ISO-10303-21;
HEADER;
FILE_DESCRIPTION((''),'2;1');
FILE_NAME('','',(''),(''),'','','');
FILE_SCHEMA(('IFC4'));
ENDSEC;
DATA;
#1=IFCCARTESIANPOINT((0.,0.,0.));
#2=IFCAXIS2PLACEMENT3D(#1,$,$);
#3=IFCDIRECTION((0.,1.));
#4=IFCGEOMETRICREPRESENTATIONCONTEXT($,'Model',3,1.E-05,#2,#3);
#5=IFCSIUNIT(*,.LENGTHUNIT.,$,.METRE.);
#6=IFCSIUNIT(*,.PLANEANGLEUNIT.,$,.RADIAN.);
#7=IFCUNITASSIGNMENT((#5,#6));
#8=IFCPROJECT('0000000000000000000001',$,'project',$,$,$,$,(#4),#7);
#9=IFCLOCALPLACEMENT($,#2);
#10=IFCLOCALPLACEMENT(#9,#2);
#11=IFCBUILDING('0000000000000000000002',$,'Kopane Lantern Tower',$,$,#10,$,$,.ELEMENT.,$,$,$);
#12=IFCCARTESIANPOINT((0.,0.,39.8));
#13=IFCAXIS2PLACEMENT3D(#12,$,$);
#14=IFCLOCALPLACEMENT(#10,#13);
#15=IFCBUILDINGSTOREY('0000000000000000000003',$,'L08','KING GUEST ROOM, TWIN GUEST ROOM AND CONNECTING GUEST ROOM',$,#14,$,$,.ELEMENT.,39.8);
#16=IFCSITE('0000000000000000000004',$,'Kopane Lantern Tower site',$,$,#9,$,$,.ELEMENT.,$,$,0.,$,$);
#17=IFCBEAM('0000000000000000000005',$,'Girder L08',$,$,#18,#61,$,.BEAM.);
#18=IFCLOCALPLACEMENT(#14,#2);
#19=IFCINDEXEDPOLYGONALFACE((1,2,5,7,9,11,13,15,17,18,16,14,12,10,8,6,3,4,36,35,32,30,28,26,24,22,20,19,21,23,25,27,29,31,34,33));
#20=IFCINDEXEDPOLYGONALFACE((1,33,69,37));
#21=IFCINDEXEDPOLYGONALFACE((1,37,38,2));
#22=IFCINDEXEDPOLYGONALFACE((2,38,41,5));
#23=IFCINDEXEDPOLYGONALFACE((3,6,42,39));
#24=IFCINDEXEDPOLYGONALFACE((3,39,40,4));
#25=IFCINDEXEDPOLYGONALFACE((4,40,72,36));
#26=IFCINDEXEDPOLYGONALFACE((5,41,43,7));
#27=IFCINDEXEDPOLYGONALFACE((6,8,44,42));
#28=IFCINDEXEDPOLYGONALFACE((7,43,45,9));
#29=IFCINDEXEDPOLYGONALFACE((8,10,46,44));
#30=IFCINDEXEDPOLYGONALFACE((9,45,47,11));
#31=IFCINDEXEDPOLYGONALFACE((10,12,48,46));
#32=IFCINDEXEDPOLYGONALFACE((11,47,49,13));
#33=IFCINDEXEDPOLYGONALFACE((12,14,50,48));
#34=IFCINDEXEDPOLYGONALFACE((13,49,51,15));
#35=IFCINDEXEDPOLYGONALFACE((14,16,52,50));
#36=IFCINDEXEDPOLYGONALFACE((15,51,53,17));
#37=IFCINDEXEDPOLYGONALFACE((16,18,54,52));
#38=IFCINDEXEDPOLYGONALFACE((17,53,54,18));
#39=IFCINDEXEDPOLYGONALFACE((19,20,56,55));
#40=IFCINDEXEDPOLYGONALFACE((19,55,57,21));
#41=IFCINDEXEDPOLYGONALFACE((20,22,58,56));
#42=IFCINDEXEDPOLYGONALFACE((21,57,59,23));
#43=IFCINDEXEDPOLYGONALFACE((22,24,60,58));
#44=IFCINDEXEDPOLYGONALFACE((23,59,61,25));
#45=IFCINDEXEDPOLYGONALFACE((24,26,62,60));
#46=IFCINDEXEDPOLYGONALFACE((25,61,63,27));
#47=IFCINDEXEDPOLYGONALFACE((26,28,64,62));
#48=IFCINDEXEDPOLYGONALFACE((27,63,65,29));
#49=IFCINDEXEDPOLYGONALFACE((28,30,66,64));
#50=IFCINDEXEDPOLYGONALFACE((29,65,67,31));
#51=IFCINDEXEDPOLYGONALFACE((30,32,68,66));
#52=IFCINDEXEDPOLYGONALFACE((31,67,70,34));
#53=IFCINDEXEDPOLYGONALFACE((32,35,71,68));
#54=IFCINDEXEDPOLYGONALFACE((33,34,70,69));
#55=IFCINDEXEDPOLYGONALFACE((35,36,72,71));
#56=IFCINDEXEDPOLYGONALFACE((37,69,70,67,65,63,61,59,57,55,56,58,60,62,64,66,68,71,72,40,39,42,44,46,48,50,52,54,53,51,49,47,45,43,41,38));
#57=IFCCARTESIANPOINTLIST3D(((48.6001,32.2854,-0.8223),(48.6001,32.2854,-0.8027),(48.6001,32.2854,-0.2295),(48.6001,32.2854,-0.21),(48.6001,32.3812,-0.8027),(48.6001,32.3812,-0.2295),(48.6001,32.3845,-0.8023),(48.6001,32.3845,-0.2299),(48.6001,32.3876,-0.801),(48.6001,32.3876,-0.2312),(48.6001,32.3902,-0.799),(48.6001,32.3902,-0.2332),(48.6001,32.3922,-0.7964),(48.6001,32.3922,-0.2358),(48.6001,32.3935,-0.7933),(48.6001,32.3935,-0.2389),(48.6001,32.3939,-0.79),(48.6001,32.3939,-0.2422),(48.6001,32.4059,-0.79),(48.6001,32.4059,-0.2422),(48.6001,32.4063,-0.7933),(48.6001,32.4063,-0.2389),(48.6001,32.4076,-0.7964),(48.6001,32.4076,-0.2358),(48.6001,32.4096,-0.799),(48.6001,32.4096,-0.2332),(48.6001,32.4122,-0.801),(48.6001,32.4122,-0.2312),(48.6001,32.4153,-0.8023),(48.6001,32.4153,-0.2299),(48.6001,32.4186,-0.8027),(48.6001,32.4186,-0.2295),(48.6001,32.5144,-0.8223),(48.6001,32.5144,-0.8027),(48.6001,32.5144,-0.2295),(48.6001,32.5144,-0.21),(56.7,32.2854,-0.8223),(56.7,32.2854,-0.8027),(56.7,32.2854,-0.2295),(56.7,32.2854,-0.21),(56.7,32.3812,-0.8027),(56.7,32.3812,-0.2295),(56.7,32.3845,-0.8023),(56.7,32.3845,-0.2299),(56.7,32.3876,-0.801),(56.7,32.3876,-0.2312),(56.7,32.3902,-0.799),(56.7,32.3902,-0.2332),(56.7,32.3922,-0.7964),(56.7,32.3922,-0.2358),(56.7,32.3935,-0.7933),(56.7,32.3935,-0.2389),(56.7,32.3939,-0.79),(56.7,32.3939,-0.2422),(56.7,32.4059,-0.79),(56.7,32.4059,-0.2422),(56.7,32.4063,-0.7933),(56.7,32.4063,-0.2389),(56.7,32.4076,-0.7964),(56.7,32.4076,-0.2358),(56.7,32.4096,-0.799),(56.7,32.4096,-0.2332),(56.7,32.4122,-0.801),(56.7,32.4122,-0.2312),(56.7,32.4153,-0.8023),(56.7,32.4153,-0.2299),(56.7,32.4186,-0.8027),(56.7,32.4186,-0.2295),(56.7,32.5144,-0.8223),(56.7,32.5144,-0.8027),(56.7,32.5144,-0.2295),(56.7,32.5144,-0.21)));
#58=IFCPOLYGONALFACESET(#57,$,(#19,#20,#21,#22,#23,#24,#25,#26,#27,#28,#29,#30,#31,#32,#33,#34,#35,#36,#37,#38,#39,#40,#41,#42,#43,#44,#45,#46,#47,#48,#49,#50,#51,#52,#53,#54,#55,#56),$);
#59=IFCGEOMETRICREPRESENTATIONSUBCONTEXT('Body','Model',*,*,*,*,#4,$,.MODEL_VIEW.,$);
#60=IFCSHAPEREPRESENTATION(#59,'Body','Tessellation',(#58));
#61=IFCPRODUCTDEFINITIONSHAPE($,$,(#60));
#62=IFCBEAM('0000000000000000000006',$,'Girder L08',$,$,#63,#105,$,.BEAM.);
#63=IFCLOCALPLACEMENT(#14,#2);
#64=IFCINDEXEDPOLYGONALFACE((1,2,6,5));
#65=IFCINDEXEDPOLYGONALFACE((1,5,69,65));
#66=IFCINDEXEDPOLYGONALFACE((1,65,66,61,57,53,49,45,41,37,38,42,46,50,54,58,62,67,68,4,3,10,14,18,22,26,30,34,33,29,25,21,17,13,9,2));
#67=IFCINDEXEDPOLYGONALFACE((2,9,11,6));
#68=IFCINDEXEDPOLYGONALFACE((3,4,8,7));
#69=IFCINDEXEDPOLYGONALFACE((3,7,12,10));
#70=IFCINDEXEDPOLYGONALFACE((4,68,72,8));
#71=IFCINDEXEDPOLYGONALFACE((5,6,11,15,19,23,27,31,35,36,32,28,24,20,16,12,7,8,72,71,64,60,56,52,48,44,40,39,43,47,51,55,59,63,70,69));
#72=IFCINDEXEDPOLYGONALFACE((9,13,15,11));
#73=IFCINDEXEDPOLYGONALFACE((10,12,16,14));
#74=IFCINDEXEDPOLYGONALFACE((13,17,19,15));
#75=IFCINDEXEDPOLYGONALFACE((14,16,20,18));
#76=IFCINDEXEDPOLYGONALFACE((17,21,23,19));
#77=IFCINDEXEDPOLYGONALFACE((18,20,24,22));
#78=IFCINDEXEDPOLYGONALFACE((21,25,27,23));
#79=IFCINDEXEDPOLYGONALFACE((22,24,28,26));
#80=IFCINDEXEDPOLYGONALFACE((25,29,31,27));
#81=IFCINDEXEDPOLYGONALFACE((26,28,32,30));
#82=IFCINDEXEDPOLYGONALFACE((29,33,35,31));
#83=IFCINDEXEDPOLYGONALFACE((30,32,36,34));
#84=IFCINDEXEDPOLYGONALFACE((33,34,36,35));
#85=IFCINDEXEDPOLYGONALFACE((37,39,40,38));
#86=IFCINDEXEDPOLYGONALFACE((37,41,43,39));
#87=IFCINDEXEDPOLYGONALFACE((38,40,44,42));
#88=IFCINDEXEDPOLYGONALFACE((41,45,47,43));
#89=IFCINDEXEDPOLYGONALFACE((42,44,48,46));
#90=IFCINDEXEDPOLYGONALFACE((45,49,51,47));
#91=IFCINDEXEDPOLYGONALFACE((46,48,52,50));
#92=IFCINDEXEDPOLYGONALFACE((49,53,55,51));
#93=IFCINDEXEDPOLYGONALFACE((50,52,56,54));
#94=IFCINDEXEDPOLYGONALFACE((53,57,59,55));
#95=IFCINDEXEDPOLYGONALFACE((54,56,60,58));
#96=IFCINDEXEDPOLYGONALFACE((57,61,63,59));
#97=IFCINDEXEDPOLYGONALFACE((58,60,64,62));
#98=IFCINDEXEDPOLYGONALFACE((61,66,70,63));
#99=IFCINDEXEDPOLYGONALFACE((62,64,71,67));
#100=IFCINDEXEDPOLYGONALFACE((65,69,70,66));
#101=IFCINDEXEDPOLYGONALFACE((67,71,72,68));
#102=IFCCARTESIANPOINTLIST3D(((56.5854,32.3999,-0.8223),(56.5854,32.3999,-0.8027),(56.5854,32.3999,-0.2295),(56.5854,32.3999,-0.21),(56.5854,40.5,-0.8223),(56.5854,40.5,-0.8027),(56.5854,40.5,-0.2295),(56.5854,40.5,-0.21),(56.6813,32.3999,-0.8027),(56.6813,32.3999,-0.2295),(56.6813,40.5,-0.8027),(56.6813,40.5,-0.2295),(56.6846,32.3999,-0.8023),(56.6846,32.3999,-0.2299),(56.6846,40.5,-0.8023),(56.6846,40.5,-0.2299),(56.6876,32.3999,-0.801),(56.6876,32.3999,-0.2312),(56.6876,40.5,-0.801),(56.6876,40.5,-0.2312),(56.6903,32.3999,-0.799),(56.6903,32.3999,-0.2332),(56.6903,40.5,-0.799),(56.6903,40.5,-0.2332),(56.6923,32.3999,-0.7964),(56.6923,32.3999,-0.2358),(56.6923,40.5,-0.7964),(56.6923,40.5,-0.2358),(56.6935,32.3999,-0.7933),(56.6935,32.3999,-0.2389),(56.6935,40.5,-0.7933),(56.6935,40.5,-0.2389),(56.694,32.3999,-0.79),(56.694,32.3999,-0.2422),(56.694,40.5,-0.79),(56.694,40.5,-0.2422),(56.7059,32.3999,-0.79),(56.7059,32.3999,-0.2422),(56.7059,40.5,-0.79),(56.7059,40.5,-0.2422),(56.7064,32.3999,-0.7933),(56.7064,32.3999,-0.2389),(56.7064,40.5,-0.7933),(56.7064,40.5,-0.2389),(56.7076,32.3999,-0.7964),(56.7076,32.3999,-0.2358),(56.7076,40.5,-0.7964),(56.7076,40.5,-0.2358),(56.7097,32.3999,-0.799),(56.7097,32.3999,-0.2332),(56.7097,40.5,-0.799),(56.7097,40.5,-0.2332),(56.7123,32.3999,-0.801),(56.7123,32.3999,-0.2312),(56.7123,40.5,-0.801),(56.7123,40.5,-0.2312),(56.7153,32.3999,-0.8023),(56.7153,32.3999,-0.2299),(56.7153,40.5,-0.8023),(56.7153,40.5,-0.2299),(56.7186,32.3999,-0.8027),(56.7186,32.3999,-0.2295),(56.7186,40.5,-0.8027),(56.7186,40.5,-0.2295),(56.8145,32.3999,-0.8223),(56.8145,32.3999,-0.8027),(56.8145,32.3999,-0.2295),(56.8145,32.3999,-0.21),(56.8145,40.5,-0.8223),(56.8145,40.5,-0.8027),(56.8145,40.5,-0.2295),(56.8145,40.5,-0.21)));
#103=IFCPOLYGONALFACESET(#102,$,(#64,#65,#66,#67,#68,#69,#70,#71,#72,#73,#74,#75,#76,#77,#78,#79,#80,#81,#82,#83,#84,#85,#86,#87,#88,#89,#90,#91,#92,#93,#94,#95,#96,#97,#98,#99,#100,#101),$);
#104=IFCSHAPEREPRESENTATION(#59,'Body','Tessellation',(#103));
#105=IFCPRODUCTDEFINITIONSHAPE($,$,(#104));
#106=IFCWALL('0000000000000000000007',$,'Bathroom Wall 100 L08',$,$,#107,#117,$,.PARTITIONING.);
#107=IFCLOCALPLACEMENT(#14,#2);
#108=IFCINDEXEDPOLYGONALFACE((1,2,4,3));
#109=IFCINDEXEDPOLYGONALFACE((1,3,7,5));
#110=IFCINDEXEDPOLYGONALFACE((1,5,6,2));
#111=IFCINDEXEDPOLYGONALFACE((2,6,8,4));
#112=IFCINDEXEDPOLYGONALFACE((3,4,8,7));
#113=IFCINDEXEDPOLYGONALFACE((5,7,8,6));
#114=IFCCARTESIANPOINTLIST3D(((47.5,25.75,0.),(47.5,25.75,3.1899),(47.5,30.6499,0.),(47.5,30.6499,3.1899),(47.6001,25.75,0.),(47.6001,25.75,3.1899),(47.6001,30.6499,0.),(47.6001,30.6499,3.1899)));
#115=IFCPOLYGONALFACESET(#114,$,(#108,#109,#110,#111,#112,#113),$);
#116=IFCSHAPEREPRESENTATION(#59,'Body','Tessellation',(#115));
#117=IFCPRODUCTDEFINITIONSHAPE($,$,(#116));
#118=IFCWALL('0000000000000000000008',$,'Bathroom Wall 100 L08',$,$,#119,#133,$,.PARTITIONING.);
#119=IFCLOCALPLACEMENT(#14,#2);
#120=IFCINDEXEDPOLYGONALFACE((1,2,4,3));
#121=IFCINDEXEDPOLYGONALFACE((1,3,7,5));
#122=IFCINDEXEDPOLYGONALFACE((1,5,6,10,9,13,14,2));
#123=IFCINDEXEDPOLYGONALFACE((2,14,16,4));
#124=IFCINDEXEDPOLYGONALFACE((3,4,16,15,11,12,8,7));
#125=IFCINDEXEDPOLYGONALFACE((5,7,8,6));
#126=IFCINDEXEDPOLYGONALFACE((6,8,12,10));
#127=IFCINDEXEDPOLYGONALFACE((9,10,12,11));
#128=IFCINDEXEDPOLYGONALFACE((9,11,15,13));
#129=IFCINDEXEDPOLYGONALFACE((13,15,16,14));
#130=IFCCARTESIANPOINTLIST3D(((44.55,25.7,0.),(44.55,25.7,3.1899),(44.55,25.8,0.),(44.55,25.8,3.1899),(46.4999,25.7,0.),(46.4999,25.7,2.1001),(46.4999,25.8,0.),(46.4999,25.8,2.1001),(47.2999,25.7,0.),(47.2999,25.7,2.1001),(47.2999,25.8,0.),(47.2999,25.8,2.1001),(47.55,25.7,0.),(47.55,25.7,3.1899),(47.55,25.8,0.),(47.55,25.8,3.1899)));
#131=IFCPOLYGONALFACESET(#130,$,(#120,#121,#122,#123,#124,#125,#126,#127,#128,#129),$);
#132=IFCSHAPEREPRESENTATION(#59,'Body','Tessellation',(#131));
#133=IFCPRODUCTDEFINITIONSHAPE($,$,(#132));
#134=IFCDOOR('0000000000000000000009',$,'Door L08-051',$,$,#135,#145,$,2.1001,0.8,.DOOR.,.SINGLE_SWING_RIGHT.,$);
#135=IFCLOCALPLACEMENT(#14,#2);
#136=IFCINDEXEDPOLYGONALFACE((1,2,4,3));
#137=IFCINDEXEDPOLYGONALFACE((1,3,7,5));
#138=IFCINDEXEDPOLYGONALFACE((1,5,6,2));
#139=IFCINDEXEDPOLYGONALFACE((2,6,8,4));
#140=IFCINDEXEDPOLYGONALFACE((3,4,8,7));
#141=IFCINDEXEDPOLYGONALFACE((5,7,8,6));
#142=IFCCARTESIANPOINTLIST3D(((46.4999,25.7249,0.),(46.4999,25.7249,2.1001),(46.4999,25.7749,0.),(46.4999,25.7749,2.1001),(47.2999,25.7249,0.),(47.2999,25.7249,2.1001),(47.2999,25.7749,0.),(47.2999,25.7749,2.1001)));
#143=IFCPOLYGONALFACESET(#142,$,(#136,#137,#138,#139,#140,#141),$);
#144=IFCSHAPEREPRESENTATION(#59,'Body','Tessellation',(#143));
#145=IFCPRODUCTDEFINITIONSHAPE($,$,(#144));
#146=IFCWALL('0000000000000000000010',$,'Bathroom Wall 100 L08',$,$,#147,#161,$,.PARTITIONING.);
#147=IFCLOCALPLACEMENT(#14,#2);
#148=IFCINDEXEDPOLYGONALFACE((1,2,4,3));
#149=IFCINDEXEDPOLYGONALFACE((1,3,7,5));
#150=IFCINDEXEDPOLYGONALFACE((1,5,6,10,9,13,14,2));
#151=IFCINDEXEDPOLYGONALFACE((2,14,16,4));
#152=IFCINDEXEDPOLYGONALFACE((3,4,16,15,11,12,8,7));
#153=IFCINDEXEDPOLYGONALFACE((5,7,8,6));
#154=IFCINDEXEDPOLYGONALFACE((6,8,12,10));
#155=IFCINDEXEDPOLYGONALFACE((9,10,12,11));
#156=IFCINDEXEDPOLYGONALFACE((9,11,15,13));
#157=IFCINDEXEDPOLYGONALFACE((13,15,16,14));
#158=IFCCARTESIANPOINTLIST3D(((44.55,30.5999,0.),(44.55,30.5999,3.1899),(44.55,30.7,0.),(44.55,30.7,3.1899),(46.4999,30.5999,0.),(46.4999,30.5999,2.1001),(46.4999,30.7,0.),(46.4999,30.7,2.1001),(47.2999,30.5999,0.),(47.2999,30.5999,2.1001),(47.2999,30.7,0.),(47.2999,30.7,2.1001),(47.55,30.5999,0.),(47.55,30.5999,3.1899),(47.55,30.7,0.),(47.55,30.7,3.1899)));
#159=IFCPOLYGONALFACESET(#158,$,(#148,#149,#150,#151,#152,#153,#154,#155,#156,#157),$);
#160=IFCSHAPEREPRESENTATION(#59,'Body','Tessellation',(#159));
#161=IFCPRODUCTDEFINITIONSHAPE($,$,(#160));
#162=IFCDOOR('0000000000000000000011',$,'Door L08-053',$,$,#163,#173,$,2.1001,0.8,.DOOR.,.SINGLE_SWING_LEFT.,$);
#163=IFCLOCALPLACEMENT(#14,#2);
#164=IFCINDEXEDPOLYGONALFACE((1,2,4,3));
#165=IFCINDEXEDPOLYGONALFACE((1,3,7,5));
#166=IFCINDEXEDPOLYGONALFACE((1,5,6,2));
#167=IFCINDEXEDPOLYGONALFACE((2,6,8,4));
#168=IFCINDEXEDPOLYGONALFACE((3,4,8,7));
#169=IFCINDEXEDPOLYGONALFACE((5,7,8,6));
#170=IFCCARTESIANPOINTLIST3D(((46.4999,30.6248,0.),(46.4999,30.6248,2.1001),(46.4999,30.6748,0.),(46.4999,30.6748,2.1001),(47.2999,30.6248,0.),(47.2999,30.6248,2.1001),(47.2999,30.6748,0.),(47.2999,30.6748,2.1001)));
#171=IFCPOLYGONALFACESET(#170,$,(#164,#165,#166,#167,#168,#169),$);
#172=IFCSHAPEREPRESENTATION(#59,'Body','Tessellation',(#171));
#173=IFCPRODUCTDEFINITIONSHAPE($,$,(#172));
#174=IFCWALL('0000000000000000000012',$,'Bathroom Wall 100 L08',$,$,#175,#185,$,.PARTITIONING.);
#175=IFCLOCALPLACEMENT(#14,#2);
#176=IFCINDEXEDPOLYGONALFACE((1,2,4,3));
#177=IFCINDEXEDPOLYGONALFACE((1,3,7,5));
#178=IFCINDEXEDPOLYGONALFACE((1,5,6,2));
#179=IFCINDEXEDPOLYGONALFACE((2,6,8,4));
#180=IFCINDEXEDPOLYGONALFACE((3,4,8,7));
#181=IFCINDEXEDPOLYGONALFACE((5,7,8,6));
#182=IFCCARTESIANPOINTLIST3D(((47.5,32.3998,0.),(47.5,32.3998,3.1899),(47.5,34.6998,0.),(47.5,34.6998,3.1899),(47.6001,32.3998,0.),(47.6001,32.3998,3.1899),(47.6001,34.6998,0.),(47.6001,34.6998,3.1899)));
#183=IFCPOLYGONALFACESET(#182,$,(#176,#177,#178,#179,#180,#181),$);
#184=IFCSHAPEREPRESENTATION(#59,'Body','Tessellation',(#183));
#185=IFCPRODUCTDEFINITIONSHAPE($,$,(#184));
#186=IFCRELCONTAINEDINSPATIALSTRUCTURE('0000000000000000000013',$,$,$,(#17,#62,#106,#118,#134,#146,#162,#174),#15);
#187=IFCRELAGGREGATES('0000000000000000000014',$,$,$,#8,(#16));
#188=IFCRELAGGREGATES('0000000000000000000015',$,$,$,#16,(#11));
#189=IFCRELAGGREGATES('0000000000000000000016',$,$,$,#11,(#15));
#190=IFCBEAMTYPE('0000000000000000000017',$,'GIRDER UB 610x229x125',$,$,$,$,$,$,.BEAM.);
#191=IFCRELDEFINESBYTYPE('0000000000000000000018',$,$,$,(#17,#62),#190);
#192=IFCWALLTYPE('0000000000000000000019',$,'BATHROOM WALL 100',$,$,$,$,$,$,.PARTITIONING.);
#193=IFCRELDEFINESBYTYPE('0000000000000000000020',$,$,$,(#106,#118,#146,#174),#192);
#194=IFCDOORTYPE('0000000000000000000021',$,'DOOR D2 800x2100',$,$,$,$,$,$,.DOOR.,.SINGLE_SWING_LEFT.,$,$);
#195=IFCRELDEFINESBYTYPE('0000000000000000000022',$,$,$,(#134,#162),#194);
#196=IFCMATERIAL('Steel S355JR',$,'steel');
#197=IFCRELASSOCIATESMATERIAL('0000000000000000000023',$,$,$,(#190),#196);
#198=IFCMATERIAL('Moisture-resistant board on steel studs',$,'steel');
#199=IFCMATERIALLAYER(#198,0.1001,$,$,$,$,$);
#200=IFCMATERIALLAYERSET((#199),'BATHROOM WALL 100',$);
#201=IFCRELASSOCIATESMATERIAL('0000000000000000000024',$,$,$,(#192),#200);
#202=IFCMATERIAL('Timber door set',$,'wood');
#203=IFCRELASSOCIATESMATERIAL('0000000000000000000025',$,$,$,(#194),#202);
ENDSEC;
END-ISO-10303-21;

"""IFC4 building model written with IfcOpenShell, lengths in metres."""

from ifc_helpers import new_model, si_unit, direction, frame, frame_2d, origin, origin_2d, place, context, subcontext, project, spatial, rectangle, i_section, extrude, material, layer, layer_set, material_profile, profile_set, type_object, element, fill, save


model = new_model("IFC4")

# Units and contexts
model_context = context("Model", 3, precision=1e-05, world=origin(), true_north=direction((0.0, 1.0)))
body_context = subcontext(model_context, "Body", "Model", "MODEL_VIEW")
ifc_project = project(units=[si_unit("LENGTHUNIT", "METRE"), si_unit("PLANEANGLEUNIT", "RADIAN")], contexts=[model_context])

# Site, building, storey
site_placement = place(None, origin())
site = spatial("IfcSite", under=ifc_project, at=site_placement, Name="Kopane Lantern Tower site", CompositionType="ELEMENT", RefElevation=0.0)
building_placement = place(site_placement, origin())
building = spatial("IfcBuilding", under=site, at=building_placement, Name="Kopane Lantern Tower", CompositionType="ELEMENT")
storey_placement = place(building_placement, frame((0.0, 0.0, 39.8)))
storey = spatial("IfcBuildingStorey", under=building, at=storey_placement, Name="L08", Description="KING GUEST ROOM, TWIN GUEST ROOM AND CONNECTING GUEST ROOM", CompositionType="ELEMENT", Elevation=39.8)

# Beams
ifc_material_1 = material(Name="Steel S355JR", Category="steel")
ifc_material_profile_1 = material_profile(ifc_material_1, i_section(OverallWidth=0.229, OverallDepth=0.6123, WebThickness=0.012, FlangeThickness=0.0195, FilletRadius=0.0127, at=origin_2d()), Name="UB 610x229x125")
ifc_profile_set_1 = profile_set([ifc_material_profile_1], Name="Steel S355JR")
beam_type = type_object("IfcBeamType", Name="GIRDER UB 610x229x125", PredefinedType="BEAM", material=ifc_profile_set_1)
beam_1_placement = place(storey_placement, frame((48.6001, 32.3999, -0.5161), z_axis=(1.0, 0.0, 0.0), x_axis=(0.0, 1.0, 0.0)))
element("IfcBeam", 1, at=beam_1_placement, inside=storey, type_object=beam_type, Name="Girder L08", PredefinedType="BEAM", context=body_context, shape_type="SweptSolid", body=[
    extrude(i_section(OverallWidth=0.229, OverallDepth=0.6123, WebThickness=0.012, FlangeThickness=0.0195, FilletRadius=0.0127, at=origin_2d()), origin(), (0.0, 0.0, 1.0), 8.0999),
])
beam_2_placement = place(storey_placement, frame((56.7, 32.3999, -0.5161), z_axis=(0.0, 1.0, 0.0), x_axis=(-1.0, 0.0, 0.0)))
element("IfcBeam", 2, at=beam_2_placement, inside=storey, type_object=beam_type, Name="Girder L08", PredefinedType="BEAM", context=body_context, shape_type="SweptSolid", body=[
    extrude(i_section(OverallWidth=0.229, OverallDepth=0.6123, WebThickness=0.012, FlangeThickness=0.0195, FilletRadius=0.0127, at=origin_2d()), origin(), (0.0, 0.0, 1.0), 8.1001),
])

# Wall
ifc_material_2 = material(Name="Moisture-resistant board on steel studs", Category="steel")
ifc_layer_1 = layer(ifc_material_2, 0.1001)
ifc_layer_set_1 = layer_set([ifc_layer_1], Name="BATHROOM WALL 100")
wall_type_1 = type_object("IfcWallType", Name="BATHROOM WALL 100", PredefinedType="PARTITIONING", material=ifc_layer_set_1)
wall_1_placement = place(storey_placement, frame((47.55, 25.75, 0.0), z_axis=(0.0, 0.0, 1.0), x_axis=(0.0, 1.0, 0.0)))
element("IfcWall", 3, at=wall_1_placement, inside=storey, type_object=wall_type_1, Name="Bathroom Wall 100 L08", PredefinedType="PARTITIONING", context=body_context, shape_type="SweptSolid", body=[
    extrude(rectangle(XDim=4.8999, YDim=0.1001, at=frame_2d((2.45, 0.0))), origin(), (0.0, 0.0, 1.0), 3.1899),
])

# Walls, openings, doors
wall_2_placement = place(storey_placement, frame((44.55, 25.75, 0.0), z_axis=(0.0, 0.0, 1.0), x_axis=(1.0, 0.0, 0.0)))
wall_2 = element("IfcWall", 4, at=wall_2_placement, inside=storey, type_object=wall_type_1, Name="Bathroom Wall 100 L08", PredefinedType="PARTITIONING", context=body_context, shape_type="SweptSolid", body=[
    extrude(rectangle(XDim=3.0, YDim=0.1001, at=frame_2d((1.5, 0.0))), origin(), (0.0, 0.0, 1.0), 3.1899),
])
opening_1_placement = place(wall_2_placement, frame((1.95, 0.0, 0.0)))
opening_1 = element("IfcOpeningElement", 5, at=opening_1_placement, cuts=wall_2, PredefinedType="OPENING", context=body_context, shape_type="SweptSolid", body=[
    extrude(rectangle(XDim=0.8, YDim=2.1001, at=frame_2d((0.3999, 1.05))), frame((0.0, 0.0601, 0.0), z_axis=(0.0, -1.0, 0.0), x_axis=(1.0, 0.0, 0.0)), (0.0, 0.0, 1.0), 0.1201),
])
ifc_material_3 = material(Name="Timber door set", Category="wood")
door_type = type_object("IfcDoorType", Name="DOOR D2 800x2100", OperationType="SINGLE_SWING_LEFT", PredefinedType="DOOR", material=ifc_material_3)
door_1_placement = place(opening_1_placement, origin())
door_1 = element("IfcDoor", 6, at=door_1_placement, inside=storey, type_object=door_type, Name="Door L08-051", OperationType="SINGLE_SWING_RIGHT", OverallHeight=2.1001, OverallWidth=0.8, PredefinedType="DOOR", context=body_context, shape_type="SweptSolid", body=[
    extrude(rectangle(XDim=0.8, YDim=2.1001, at=frame_2d((0.3999, 1.05))), frame((0.0, 0.0249, 0.0), z_axis=(0.0, -1.0, 0.0), x_axis=(1.0, 0.0, 0.0)), (0.0, 0.0, 1.0), 0.05),
])
fill(opening_1, door_1)
wall_3_placement = place(storey_placement, frame((44.55, 30.6499, 0.0), z_axis=(0.0, 0.0, 1.0), x_axis=(1.0, 0.0, 0.0)))
wall_3 = element("IfcWall", 7, at=wall_3_placement, inside=storey, type_object=wall_type_1, Name="Bathroom Wall 100 L08", PredefinedType="PARTITIONING", context=body_context, shape_type="SweptSolid", body=[
    extrude(rectangle(XDim=3.0, YDim=0.1001, at=frame_2d((1.5, 0.0))), origin(), (0.0, 0.0, 1.0), 3.1899),
])
opening_2_placement = place(wall_3_placement, frame((1.95, 0.0, 0.0)))
opening_2 = element("IfcOpeningElement", 8, at=opening_2_placement, cuts=wall_3, PredefinedType="OPENING", context=body_context, shape_type="SweptSolid", body=[
    extrude(rectangle(XDim=0.8, YDim=2.1001, at=frame_2d((0.3999, 1.05))), frame((0.0, 0.0601, 0.0), z_axis=(0.0, -1.0, 0.0), x_axis=(1.0, 0.0, 0.0)), (0.0, 0.0, 1.0), 0.1201),
])
door_2_placement = place(opening_2_placement, origin())
door_2 = element("IfcDoor", 9, at=door_2_placement, inside=storey, type_object=door_type, Name="Door L08-053", OperationType="SINGLE_SWING_LEFT", OverallHeight=2.1001, OverallWidth=0.8, PredefinedType="DOOR", context=body_context, shape_type="SweptSolid", body=[
    extrude(rectangle(XDim=0.8, YDim=2.1001, at=frame_2d((0.3999, 1.05))), frame((0.0, 0.0249, 0.0), z_axis=(0.0, -1.0, 0.0), x_axis=(1.0, 0.0, 0.0)), (0.0, 0.0, 1.0), 0.05),
])
fill(opening_2, door_2)

# Wall
wall_4_placement = place(storey_placement, frame((47.55, 32.3999, 0.0), z_axis=(0.0, 0.0, 1.0), x_axis=(0.0, 1.0, 0.0)))
element("IfcWall", 10, at=wall_4_placement, inside=storey, type_object=wall_type_1, Name="Bathroom Wall 100 L08", PredefinedType="PARTITIONING", context=body_context, shape_type="SweptSolid", body=[
    extrude(rectangle(XDim=2.3, YDim=0.1001, at=frame_2d((1.1499, 0.0))), origin(), (0.0, 0.0, 1.0), 3.1899),
])

save(model, "model.ifc")
